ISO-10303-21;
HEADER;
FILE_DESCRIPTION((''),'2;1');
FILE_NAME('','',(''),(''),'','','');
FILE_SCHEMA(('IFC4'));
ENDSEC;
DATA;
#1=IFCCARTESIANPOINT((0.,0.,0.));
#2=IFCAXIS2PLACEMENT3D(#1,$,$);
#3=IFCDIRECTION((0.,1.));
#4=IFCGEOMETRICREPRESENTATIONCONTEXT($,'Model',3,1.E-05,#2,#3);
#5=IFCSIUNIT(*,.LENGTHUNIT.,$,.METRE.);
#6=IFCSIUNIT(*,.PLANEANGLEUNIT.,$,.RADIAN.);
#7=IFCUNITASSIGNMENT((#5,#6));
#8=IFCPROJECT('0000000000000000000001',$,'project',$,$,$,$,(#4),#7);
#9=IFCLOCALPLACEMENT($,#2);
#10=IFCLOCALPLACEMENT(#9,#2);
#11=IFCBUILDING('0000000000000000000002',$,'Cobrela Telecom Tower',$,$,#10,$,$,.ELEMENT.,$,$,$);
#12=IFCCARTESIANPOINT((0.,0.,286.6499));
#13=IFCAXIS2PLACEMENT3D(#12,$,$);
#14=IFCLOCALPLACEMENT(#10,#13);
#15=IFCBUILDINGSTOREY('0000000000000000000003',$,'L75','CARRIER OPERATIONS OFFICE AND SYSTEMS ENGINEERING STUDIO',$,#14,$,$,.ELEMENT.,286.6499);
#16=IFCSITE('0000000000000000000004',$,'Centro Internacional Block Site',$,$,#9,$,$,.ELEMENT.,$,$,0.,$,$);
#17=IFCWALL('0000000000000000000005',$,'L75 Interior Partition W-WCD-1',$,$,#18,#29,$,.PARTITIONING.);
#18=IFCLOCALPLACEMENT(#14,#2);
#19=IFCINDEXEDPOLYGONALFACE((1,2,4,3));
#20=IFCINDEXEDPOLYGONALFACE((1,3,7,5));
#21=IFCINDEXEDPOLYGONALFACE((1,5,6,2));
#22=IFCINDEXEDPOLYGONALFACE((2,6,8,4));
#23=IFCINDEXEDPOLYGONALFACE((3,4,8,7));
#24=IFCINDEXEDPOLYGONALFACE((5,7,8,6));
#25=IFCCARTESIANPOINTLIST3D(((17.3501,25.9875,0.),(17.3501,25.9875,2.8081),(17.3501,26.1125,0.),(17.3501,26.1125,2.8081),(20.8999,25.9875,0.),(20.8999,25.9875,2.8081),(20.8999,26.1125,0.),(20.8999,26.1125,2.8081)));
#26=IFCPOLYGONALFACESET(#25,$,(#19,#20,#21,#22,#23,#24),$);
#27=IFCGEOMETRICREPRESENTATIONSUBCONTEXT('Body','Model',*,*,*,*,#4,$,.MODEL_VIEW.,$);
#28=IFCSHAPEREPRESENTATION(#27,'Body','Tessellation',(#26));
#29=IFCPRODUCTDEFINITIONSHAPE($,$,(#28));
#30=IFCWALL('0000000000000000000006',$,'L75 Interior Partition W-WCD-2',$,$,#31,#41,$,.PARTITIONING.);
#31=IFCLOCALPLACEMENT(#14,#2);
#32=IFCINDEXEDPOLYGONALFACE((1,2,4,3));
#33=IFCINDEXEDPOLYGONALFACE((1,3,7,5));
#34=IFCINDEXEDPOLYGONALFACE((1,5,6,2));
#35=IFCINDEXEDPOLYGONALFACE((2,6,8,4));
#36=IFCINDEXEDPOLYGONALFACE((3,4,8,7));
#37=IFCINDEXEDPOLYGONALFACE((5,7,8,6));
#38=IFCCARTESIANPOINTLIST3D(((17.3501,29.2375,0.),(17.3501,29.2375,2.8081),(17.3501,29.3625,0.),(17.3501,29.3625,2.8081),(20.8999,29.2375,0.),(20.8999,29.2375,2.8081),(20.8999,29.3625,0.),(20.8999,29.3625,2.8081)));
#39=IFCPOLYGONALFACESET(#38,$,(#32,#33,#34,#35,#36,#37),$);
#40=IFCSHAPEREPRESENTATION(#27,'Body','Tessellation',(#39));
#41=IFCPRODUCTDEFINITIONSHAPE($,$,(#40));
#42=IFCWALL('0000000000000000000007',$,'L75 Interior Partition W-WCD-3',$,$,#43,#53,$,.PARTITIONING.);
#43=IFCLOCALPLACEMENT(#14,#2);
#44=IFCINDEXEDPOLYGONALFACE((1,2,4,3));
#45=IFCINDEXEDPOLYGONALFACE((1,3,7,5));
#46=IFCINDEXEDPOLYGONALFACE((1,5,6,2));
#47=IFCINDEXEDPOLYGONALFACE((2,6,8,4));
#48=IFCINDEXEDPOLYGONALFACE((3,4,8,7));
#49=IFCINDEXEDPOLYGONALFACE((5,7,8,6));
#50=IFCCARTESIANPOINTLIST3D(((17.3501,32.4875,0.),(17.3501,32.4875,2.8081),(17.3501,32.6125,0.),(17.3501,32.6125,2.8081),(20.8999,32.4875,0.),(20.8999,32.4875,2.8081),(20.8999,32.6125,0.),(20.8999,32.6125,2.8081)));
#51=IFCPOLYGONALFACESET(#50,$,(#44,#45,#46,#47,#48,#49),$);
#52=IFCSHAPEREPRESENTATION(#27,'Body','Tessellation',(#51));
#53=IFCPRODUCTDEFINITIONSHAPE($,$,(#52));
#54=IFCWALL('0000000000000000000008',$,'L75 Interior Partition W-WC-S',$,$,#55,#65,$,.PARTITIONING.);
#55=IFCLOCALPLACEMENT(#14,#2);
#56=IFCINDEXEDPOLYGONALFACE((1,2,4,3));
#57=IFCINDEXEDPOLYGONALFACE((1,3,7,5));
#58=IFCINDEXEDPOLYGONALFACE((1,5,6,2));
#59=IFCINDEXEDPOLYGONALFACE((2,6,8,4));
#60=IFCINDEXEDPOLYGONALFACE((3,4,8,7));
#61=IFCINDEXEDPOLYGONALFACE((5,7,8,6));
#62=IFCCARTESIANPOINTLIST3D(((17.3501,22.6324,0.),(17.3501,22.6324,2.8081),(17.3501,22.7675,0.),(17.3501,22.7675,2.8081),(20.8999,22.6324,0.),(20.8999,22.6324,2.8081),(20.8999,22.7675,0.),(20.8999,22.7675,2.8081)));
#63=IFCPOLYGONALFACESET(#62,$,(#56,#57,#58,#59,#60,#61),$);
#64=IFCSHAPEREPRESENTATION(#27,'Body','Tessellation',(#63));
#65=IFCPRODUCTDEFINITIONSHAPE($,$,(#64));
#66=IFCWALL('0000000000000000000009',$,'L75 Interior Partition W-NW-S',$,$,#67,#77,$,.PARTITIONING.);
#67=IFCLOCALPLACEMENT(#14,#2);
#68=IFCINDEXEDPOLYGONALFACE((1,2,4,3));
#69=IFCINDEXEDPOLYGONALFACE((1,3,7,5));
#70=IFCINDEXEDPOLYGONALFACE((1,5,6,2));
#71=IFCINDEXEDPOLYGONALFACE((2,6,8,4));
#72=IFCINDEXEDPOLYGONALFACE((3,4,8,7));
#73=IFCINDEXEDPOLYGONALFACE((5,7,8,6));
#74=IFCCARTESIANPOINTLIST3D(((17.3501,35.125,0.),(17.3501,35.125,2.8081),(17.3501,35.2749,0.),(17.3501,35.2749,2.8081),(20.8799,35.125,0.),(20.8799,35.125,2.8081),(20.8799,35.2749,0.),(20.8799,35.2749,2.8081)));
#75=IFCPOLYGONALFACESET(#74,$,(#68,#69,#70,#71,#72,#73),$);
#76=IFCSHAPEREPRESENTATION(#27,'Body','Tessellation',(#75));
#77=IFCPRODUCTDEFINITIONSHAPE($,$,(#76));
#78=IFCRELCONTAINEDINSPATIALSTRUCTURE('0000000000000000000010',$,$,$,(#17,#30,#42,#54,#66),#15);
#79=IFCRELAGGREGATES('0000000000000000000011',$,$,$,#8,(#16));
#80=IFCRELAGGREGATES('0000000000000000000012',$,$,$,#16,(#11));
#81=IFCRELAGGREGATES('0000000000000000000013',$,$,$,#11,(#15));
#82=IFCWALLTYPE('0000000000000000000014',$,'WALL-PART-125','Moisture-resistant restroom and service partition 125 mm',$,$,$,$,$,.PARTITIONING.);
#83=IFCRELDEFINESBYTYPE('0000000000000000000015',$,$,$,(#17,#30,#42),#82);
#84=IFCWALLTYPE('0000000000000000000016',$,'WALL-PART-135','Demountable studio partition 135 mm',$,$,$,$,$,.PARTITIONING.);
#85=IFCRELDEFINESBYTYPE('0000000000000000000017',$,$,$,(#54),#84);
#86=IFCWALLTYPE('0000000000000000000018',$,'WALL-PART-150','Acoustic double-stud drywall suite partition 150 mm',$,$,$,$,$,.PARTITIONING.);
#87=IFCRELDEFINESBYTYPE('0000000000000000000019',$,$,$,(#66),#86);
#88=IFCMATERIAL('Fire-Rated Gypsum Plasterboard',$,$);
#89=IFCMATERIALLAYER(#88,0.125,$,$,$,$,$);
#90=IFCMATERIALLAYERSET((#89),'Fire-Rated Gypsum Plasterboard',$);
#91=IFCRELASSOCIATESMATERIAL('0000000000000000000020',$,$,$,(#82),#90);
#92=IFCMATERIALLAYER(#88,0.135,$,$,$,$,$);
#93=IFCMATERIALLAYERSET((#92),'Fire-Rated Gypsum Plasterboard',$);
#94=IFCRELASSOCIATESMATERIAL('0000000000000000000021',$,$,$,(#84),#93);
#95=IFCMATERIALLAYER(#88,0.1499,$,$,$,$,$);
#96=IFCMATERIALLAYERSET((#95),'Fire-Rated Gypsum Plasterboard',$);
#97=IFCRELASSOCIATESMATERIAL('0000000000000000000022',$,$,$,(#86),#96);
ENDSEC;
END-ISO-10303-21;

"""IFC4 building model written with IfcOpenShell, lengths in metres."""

from ifc_helpers import new_model, si_unit, direction, frame, frame_2d, origin, place, context, subcontext, project, spatial, rectangle, extrude, material, layer, layer_set, type_object, element, save


model = new_model("IFC4")

# Units and contexts
model_context = context("Model", 3, precision=1e-05, world=origin(), true_north=direction((0.0, 1.0)))
body_context = subcontext(model_context, "Body", "Model", "MODEL_VIEW")
ifc_project = project(units=[si_unit("LENGTHUNIT", "METRE"), si_unit("PLANEANGLEUNIT", "RADIAN")], contexts=[model_context])

# Site, building, storey
site_placement = place(None, origin())
site = spatial("IfcSite", under=ifc_project, at=site_placement, Name="Centro Internacional Block Site", CompositionType="ELEMENT", RefElevation=0.0)
building_placement = place(site_placement, origin())
building = spatial("IfcBuilding", under=site, at=building_placement, Name="Cobrela Telecom Tower", CompositionType="ELEMENT")
storey_placement = place(building_placement, frame((0.0, 0.0, 286.6499)))
storey = spatial("IfcBuildingStorey", under=building, at=storey_placement, Name="L75", Description="CARRIER OPERATIONS OFFICE AND SYSTEMS ENGINEERING STUDIO", CompositionType="ELEMENT", Elevation=286.6499)

# Walls
ifc_material_1 = material(Name="Fire-Rated Gypsum Plasterboard")
ifc_layer_1 = layer(ifc_material_1, 0.125)
ifc_layer_set_1 = layer_set([ifc_layer_1], Name="Fire-Rated Gypsum Plasterboard")
wall_type_1 = type_object("IfcWallType", Name="WALL-PART-125", Description="Moisture-resistant restroom and service partition 125 mm", PredefinedType="PARTITIONING", material=ifc_layer_set_1)
for number, where, z_axis, x_axis, name in (
    (1, (17.3501, 26.05, 0.0), (0.0, 0.0, 1.0), (1.0, 0.0, 0.0), "L75 Interior Partition W-WCD-1"),
    (2, (17.3501, 29.3, 0.0), (0.0, 0.0, 1.0), (1.0, 0.0, 0.0), "L75 Interior Partition W-WCD-2"),
    (3, (17.3501, 32.55, 0.0), (0.0, 0.0, 1.0), (1.0, 0.0, 0.0), "L75 Interior Partition W-WCD-3"),
):
    element("IfcWall", number, at=place(storey_placement, frame(where, z_axis=z_axis, x_axis=x_axis)), inside=storey, type_object=wall_type_1, Name=name, PredefinedType="PARTITIONING", context=body_context, shape_type="SweptSolid", body=[
        extrude(rectangle(XDim=3.5498, YDim=0.125, at=frame_2d((1.7749, 0.0))), origin(), (0.0, 0.0, 1.0), 2.8081),
    ])
ifc_layer_2 = layer(ifc_material_1, 0.135)
ifc_layer_set_2 = layer_set([ifc_layer_2], Name="Fire-Rated Gypsum Plasterboard")
wall_type_2 = type_object("IfcWallType", Name="WALL-PART-135", Description="Demountable studio partition 135 mm", PredefinedType="PARTITIONING", material=ifc_layer_set_2)
wall_1_placement = place(storey_placement, frame((17.3501, 22.7, 0.0), z_axis=(0.0, 0.0, 1.0), x_axis=(1.0, 0.0, 0.0)))
element("IfcWall", 4, at=wall_1_placement, inside=storey, type_object=wall_type_2, Name="L75 Interior Partition W-WC-S", PredefinedType="PARTITIONING", context=body_context, shape_type="SweptSolid", body=[
    extrude(rectangle(XDim=3.5498, YDim=0.135, at=frame_2d((1.7749, 0.0))), origin(), (0.0, 0.0, 1.0), 2.8081),
])
ifc_layer_3 = layer(ifc_material_1, 0.1499)
ifc_layer_set_3 = layer_set([ifc_layer_3], Name="Fire-Rated Gypsum Plasterboard")
wall_type_3 = type_object("IfcWallType", Name="WALL-PART-150", Description="Acoustic double-stud drywall suite partition 150 mm", PredefinedType="PARTITIONING", material=ifc_layer_set_3)
wall_2_placement = place(storey_placement, frame((17.3501, 35.2, 0.0), z_axis=(0.0, 0.0, 1.0), x_axis=(1.0, 0.0, 0.0)))
element("IfcWall", 5, at=wall_2_placement, inside=storey, type_object=wall_type_3, Name="L75 Interior Partition W-NW-S", PredefinedType="PARTITIONING", context=body_context, shape_type="SweptSolid", body=[
    extrude(rectangle(XDim=3.5298, YDim=0.1499, at=frame_2d((1.7649, 0.0))), origin(), (0.0, 0.0, 1.0), 2.8081),
])

save(model, "model.ifc")
